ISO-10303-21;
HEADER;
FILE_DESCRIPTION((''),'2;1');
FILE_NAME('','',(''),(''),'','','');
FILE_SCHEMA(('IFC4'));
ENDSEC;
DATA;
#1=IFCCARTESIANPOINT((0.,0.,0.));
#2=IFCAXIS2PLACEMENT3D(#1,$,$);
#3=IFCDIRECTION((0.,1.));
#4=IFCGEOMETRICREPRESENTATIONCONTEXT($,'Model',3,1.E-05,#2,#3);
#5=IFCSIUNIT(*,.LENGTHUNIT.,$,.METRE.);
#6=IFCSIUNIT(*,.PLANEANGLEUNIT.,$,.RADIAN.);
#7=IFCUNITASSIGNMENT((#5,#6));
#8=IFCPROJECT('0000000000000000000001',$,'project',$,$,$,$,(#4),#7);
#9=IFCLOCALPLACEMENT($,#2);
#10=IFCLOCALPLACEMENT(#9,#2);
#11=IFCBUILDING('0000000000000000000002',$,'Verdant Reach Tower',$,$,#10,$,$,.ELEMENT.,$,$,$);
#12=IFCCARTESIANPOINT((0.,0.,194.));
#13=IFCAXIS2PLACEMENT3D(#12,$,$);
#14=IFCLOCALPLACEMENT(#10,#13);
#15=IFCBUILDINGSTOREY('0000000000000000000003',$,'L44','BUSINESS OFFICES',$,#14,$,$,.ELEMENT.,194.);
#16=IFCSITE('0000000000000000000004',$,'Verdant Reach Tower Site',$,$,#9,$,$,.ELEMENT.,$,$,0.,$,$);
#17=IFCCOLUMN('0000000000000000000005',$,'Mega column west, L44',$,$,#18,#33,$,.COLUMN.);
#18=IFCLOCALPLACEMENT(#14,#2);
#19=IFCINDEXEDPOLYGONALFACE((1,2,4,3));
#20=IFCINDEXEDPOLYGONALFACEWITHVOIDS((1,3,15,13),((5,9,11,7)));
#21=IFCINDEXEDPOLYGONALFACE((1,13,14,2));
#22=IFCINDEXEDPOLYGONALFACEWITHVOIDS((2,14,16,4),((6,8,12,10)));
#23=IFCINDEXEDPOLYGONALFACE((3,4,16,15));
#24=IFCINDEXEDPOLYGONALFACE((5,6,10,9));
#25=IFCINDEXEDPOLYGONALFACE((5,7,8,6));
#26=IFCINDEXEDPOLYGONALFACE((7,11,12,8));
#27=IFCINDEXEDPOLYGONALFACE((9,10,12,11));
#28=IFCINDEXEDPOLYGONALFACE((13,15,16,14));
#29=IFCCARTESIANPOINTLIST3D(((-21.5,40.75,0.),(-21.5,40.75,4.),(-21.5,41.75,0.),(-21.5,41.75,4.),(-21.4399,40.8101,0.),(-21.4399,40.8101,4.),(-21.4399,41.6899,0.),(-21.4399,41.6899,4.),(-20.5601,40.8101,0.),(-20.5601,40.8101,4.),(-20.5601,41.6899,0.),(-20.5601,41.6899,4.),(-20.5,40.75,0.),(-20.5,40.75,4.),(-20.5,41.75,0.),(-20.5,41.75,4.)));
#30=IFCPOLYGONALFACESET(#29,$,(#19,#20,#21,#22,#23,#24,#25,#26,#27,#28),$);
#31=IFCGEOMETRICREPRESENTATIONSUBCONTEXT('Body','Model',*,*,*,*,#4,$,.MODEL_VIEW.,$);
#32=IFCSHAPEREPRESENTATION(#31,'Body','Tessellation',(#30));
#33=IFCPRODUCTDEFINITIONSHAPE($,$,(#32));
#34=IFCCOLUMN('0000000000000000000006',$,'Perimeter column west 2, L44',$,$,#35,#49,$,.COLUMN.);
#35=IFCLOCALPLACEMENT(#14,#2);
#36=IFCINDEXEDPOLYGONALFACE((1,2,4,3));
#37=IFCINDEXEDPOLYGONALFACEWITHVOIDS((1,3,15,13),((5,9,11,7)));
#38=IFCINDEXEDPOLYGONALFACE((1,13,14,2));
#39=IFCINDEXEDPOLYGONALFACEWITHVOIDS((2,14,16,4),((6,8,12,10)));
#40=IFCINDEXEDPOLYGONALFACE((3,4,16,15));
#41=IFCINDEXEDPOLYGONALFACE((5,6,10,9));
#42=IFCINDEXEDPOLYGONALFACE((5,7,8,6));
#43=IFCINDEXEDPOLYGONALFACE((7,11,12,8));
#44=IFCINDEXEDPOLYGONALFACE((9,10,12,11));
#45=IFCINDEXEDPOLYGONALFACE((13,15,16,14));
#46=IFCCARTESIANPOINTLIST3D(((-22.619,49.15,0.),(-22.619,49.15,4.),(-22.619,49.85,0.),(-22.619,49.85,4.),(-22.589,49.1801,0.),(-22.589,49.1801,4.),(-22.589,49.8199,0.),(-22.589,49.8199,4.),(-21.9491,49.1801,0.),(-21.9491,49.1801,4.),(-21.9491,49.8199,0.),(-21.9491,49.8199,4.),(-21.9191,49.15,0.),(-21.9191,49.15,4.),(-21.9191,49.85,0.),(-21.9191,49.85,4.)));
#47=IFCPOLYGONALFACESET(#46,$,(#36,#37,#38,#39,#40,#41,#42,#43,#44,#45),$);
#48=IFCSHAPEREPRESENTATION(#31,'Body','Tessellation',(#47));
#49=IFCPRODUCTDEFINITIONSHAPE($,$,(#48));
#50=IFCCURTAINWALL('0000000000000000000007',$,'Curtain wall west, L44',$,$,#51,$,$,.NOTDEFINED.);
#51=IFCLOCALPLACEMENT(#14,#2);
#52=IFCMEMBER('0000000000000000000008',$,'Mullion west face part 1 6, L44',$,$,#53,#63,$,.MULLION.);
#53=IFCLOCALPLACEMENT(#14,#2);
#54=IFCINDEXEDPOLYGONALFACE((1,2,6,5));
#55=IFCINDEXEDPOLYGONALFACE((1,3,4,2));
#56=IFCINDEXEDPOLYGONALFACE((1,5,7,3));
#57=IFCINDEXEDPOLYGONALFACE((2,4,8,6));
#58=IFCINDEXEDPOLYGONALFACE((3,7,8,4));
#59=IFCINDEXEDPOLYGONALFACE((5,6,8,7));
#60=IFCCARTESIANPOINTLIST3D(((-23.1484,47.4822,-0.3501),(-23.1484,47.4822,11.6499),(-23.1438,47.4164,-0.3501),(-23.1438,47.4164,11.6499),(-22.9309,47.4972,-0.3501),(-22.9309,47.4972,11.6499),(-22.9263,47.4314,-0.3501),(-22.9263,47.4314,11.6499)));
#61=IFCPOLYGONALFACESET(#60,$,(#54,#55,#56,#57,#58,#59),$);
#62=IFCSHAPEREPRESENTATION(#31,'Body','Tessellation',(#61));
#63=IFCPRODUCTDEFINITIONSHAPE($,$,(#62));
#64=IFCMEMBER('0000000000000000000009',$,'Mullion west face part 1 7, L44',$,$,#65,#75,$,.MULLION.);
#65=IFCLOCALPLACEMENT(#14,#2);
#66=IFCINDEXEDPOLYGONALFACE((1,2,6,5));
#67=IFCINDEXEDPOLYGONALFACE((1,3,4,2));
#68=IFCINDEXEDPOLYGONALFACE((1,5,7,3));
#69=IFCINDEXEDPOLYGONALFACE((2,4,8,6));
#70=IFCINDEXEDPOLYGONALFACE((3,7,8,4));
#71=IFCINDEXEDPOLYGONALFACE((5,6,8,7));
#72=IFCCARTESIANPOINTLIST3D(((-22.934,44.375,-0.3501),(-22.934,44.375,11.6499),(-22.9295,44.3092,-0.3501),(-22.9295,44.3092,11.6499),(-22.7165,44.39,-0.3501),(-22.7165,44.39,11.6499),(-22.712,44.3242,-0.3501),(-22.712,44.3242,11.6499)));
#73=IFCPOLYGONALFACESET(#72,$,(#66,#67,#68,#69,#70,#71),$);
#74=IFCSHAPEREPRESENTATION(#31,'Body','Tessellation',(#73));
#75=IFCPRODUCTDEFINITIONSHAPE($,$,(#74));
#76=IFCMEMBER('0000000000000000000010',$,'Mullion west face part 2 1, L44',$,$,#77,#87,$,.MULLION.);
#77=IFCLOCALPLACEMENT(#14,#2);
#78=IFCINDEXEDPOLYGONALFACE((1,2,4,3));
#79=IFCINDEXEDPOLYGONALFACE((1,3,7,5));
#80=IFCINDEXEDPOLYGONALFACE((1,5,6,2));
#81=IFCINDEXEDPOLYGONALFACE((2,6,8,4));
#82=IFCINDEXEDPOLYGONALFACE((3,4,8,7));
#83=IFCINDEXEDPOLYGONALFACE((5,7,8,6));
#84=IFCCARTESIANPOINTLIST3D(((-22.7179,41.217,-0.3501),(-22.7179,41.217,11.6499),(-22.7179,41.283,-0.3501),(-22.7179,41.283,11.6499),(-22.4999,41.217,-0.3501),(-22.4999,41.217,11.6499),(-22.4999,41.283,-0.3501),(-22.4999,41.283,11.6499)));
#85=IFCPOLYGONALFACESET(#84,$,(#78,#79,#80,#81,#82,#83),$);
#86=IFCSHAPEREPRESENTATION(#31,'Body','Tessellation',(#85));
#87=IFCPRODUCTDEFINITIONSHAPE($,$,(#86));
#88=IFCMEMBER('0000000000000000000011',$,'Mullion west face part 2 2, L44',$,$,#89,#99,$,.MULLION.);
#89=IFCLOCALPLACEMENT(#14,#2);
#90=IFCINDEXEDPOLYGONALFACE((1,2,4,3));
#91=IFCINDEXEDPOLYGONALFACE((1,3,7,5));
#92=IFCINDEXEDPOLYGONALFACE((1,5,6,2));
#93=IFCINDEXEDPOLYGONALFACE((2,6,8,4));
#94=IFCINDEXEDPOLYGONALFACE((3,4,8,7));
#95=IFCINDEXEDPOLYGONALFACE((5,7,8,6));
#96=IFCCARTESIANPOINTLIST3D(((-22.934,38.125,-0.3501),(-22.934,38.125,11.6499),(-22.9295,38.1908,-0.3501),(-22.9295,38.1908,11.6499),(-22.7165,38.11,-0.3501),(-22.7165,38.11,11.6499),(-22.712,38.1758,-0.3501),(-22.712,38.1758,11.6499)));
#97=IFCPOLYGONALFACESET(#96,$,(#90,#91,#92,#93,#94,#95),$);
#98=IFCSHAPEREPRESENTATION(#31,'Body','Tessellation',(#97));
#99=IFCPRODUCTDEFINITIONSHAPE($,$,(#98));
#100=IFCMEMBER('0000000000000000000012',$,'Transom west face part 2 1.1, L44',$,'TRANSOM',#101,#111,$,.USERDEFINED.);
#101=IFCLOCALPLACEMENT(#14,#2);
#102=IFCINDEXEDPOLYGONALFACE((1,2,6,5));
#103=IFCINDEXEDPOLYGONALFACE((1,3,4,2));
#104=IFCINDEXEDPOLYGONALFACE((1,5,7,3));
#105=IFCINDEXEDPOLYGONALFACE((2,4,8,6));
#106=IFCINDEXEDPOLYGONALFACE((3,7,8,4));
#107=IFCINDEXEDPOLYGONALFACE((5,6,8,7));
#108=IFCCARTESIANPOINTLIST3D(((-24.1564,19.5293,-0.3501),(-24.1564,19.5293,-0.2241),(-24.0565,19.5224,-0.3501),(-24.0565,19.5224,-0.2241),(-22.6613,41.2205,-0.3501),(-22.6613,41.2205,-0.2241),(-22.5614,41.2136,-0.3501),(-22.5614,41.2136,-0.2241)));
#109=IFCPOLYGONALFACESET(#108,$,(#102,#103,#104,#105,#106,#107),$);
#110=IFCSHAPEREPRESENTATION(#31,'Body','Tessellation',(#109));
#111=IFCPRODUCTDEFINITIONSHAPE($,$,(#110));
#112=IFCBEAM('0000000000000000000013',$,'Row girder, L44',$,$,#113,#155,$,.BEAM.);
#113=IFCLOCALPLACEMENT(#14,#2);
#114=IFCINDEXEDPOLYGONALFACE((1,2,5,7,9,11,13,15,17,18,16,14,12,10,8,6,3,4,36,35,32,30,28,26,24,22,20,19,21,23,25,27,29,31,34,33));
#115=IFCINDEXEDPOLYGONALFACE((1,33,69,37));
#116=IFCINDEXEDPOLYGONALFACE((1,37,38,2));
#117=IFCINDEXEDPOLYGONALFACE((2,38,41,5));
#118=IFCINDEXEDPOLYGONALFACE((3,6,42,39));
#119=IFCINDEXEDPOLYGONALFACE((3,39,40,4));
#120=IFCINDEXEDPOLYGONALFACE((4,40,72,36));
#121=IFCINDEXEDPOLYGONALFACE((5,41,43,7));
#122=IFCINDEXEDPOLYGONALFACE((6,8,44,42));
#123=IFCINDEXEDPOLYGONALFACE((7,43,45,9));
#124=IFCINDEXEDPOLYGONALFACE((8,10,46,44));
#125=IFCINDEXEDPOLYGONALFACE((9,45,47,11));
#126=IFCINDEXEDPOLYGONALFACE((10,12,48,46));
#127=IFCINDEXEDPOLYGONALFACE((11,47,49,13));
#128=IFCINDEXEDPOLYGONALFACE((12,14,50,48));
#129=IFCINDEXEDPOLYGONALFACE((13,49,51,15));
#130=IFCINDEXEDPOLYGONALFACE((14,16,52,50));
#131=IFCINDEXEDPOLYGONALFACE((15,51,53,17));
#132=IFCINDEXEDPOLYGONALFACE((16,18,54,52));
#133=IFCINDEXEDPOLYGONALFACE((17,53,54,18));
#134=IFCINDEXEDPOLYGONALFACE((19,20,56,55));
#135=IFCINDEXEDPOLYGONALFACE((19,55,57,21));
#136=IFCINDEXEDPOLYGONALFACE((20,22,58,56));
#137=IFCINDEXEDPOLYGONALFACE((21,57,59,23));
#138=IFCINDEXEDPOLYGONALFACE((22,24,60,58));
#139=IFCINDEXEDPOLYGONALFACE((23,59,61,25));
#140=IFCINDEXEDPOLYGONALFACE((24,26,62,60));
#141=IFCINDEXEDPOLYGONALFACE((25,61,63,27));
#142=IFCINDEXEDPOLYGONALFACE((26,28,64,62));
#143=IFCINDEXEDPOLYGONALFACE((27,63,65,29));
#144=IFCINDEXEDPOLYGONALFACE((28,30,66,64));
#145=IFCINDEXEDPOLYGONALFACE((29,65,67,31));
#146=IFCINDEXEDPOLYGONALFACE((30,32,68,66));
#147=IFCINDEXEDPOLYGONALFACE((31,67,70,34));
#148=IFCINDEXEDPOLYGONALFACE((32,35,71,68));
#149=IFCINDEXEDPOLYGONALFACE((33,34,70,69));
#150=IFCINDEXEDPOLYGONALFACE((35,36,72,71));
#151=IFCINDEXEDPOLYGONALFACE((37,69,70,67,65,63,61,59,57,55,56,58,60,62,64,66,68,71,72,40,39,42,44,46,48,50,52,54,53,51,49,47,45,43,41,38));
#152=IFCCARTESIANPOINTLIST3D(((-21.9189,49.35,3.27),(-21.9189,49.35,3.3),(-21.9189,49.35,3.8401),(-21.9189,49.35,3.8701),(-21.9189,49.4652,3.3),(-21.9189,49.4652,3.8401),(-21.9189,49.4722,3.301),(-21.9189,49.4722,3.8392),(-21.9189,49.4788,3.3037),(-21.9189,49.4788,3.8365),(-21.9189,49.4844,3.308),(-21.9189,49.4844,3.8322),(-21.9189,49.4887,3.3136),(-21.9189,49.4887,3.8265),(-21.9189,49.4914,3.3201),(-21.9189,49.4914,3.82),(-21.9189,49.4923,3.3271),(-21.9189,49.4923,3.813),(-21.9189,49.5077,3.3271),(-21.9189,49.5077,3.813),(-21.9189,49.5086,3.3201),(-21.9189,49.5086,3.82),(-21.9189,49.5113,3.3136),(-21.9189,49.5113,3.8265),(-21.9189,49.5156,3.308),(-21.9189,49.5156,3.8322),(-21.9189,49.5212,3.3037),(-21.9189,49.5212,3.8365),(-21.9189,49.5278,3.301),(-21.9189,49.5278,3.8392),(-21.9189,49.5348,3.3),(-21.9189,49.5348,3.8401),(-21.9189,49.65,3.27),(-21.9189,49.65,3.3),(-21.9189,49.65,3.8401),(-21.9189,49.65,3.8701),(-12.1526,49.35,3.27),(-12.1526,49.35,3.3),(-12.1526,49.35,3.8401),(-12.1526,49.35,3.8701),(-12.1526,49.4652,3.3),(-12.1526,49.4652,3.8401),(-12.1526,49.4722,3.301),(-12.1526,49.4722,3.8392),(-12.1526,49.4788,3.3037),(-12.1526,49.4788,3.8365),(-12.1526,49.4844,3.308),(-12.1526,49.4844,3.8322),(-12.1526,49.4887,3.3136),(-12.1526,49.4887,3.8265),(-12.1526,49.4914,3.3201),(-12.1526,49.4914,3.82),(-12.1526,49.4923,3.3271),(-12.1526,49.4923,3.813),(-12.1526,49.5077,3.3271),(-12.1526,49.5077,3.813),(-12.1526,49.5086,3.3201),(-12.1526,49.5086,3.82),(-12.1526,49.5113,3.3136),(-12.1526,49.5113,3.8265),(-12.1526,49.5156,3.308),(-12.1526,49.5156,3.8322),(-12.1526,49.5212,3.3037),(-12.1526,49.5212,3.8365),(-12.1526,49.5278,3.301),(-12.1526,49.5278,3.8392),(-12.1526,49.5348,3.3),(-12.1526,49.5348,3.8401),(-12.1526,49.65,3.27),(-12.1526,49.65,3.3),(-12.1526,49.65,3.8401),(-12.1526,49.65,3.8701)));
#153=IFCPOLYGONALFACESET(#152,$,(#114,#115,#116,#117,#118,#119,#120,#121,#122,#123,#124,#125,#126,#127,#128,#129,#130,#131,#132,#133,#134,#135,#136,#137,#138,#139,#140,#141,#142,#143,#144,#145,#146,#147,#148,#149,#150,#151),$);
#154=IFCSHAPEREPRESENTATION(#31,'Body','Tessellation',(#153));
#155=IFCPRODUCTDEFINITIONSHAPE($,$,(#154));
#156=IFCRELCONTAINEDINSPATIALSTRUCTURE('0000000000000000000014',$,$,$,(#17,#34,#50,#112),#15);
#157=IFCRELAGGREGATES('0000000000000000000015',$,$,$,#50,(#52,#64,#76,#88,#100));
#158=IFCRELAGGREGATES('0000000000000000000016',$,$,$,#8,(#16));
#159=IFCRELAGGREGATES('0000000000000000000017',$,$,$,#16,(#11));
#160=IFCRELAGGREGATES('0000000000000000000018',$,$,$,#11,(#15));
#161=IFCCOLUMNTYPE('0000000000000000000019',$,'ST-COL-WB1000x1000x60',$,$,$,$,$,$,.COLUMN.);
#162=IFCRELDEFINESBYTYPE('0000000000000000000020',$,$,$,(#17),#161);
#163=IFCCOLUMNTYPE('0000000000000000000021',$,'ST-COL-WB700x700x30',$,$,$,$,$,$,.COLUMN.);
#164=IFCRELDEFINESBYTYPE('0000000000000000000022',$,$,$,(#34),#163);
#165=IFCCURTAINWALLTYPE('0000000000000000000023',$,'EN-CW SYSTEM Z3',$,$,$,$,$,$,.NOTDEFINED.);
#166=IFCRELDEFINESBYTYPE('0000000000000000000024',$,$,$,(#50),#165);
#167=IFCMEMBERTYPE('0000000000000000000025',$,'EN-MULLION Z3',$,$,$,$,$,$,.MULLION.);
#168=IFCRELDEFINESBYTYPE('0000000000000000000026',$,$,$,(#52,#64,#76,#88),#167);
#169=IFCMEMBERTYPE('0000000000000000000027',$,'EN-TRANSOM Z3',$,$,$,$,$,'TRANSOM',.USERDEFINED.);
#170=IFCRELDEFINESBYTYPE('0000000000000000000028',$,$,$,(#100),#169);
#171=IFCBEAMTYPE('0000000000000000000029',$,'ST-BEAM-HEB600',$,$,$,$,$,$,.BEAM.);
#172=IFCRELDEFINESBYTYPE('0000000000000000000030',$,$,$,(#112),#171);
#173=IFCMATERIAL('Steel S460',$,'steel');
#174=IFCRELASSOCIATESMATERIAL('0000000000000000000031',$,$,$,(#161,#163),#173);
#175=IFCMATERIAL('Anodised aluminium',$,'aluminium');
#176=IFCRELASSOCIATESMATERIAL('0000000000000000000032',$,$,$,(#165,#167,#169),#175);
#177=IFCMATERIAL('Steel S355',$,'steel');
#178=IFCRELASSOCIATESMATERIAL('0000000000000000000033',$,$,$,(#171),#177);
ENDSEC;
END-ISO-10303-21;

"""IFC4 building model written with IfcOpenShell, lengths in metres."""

from ifc_helpers import new_model, si_unit, direction, frame, origin, origin_2d, place, context, subcontext, project, spatial, rectangle, hollow_rectangle, i_section, extrude, material, material_profile, profile_set, type_object, element, aggregate, save


model = new_model("IFC4")

# Units and contexts
model_context = context("Model", 3, precision=1e-05, world=origin(), true_north=direction((0.0, 1.0)))
body_context = subcontext(model_context, "Body", "Model", "MODEL_VIEW")
ifc_project = project(units=[si_unit("LENGTHUNIT", "METRE"), si_unit("PLANEANGLEUNIT", "RADIAN")], contexts=[model_context])

# Site, building, storey
site_placement = place(None, origin())
site = spatial("IfcSite", under=ifc_project, at=site_placement, Name="Verdant Reach Tower Site", CompositionType="ELEMENT", RefElevation=0.0)
building_placement = place(site_placement, origin())
building = spatial("IfcBuilding", under=site, at=building_placement, Name="Verdant Reach Tower", CompositionType="ELEMENT")
storey_placement = place(building_placement, frame((0.0, 0.0, 194.0)))
storey = spatial("IfcBuildingStorey", under=building, at=storey_placement, Name="L44", Description="BUSINESS OFFICES", CompositionType="ELEMENT", Elevation=194.0)

# Columns
ifc_material_1 = material(Name="Steel S460", Category="steel")
ifc_material_profile_1 = material_profile(ifc_material_1, hollow_rectangle(XDim=1.0, YDim=1.0, WallThickness=0.0601, at=origin_2d()), Name="WB 1000x1000x60")
ifc_profile_set_1 = profile_set([ifc_material_profile_1], Name="Steel S460")
column_type_1 = type_object("IfcColumnType", Name="ST-COL-WB1000x1000x60", PredefinedType="COLUMN", material=ifc_profile_set_1)
column_1_placement = place(storey_placement, frame((-21.0, 41.25, 0.0), z_axis=(0.0, 0.0, 1.0), x_axis=(1.0, 0.0, 0.0)))
element("IfcColumn", 1, at=column_1_placement, inside=storey, type_object=column_type_1, Name="Mega column west, L44", PredefinedType="COLUMN", context=body_context, shape_type="SweptSolid", body=[
    extrude(hollow_rectangle(XDim=1.0, YDim=1.0, WallThickness=0.0601, at=origin_2d()), origin(), (0.0, 0.0, 1.0), 4.0),
])
ifc_material_profile_2 = material_profile(ifc_material_1, hollow_rectangle(XDim=0.7, YDim=0.7, WallThickness=0.03, at=origin_2d()), Name="WB 700x700x30")
ifc_profile_set_2 = profile_set([ifc_material_profile_2], Name="Steel S460")
column_type_2 = type_object("IfcColumnType", Name="ST-COL-WB700x700x30", PredefinedType="COLUMN", material=ifc_profile_set_2)
column_2_placement = place(storey_placement, frame((-22.269, 49.5, 0.0), z_axis=(0.0, 0.0, 1.0), x_axis=(1.0, 0.0, 0.0)))
element("IfcColumn", 2, at=column_2_placement, inside=storey, type_object=column_type_2, Name="Perimeter column west 2, L44", PredefinedType="COLUMN", context=body_context, shape_type="SweptSolid", body=[
    extrude(hollow_rectangle(XDim=0.7, YDim=0.7, WallThickness=0.03, at=origin_2d()), origin(), (0.0, 0.0, 1.0), 4.0),
])

# Curtain wall, members
ifc_material_2 = material(Name="Anodised aluminium", Category="aluminium")
curtain_wall_type = type_object("IfcCurtainWallType", Name="EN-CW SYSTEM Z3", PredefinedType="NOTDEFINED", material=ifc_material_2)
curtain_wall_placement = place(storey_placement, origin())
curtain_wall = element("IfcCurtainWall", 3, at=curtain_wall_placement, inside=storey, type_object=curtain_wall_type, Name="Curtain wall west, L44", PredefinedType="NOTDEFINED")
ifc_material_profile_3 = material_profile(ifc_material_2, rectangle(XDim=0.218, YDim=0.0659, at=origin_2d()), Name="Mullion 66x218")
ifc_profile_set_3 = profile_set([ifc_material_profile_3], Name="Anodised aluminium")
member_type_1 = type_object("IfcMemberType", Name="EN-MULLION Z3", PredefinedType="MULLION", material=ifc_profile_set_3)
member_1_placement = place(storey_placement, frame((-23.0374, 47.4568, -0.3501), z_axis=(0.0, 0.0, 1.0), x_axis=(-0.99763, -0.068802, 0.0)))
member_1 = element("IfcMember", 4, at=member_1_placement, type_object=member_type_1, Name="Mullion west face part 1 6, L44", PredefinedType="MULLION", context=body_context, shape_type="SweptSolid", body=[
    extrude(rectangle(XDim=0.218, YDim=0.0659, at=origin_2d()), origin(), (0.0, 0.0, 1.0), 12.0),
])
member_2_placement = place(storey_placement, frame((-22.823, 44.3496, -0.3501), z_axis=(0.0, 0.0, 1.0), x_axis=(-0.99763, -0.068802, 0.0)))
member_2 = element("IfcMember", 5, at=member_2_placement, type_object=member_type_1, Name="Mullion west face part 1 7, L44", PredefinedType="MULLION", context=body_context, shape_type="SweptSolid", body=[
    extrude(rectangle(XDim=0.218, YDim=0.0659, at=origin_2d()), origin(), (0.0, 0.0, 1.0), 12.0),
])
member_3_placement = place(storey_placement, frame((-22.6089, 41.25, -0.3501), z_axis=(0.0, 0.0, 1.0), x_axis=(-1.0, 0.0, 0.0)))
member_3 = element("IfcMember", 6, at=member_3_placement, type_object=member_type_1, Name="Mullion west face part 2 1, L44", PredefinedType="MULLION", context=body_context, shape_type="SweptSolid", body=[
    extrude(rectangle(XDim=0.218, YDim=0.0659, at=origin_2d()), origin(), (0.0, 0.0, 1.0), 12.0),
])
member_4_placement = place(storey_placement, frame((-22.823, 38.1504, -0.3501), z_axis=(0.0, 0.0, 1.0), x_axis=(-0.99763, 0.068802, 0.0)))
member_4 = element("IfcMember", 7, at=member_4_placement, type_object=member_type_1, Name="Mullion west face part 2 2, L44", PredefinedType="MULLION", context=body_context, shape_type="SweptSolid", body=[
    extrude(rectangle(XDim=0.218, YDim=0.0659, at=origin_2d()), origin(), (0.0, 0.0, 1.0), 12.0),
])
ifc_material_profile_4 = material_profile(ifc_material_2, rectangle(XDim=0.1001, YDim=0.126, at=origin_2d()), Name="Transom 126x100")
ifc_profile_set_4 = profile_set([ifc_material_profile_4], Name="Anodised aluminium")
member_type_2 = type_object("IfcMemberType", Name="EN-TRANSOM Z3", ElementType="TRANSOM", PredefinedType="USERDEFINED", material=ifc_profile_set_4)
member_5_placement = place(storey_placement, frame((-22.6113, 41.217, -0.2871), z_axis=(-0.068764, -0.997633, 0.0), x_axis=(0.997633, -0.068764, 0.0)))
member_5 = element("IfcMember", 8, at=member_5_placement, type_object=member_type_2, Name="Transom west face part 2 1.1, L44", ObjectType="TRANSOM", PredefinedType="USERDEFINED", context=body_context, shape_type="SweptSolid", body=[
    extrude(rectangle(XDim=0.1001, YDim=0.126, at=origin_2d()), origin(), (0.0, 0.0, 1.0), 21.7427),
])

# Beam
ifc_material_3 = material(Name="Steel S355", Category="steel")
ifc_material_profile_5 = material_profile(ifc_material_3, i_section(OverallWidth=0.3, OverallDepth=0.6001, WebThickness=0.0154, FlangeThickness=0.03, FilletRadius=0.0271, at=origin_2d()), Name="HEB 600")
ifc_profile_set_5 = profile_set([ifc_material_profile_5], Name="Steel S355")
beam_type_1 = type_object("IfcBeamType", Name="ST-BEAM-HEB600", PredefinedType="BEAM", material=ifc_profile_set_5)
beam_1_placement = place(storey_placement, frame((-21.9189, 49.5, 3.5701), z_axis=(1.0, 0.0, 0.0), x_axis=(0.0, 1.0, 0.0)))
element("IfcBeam", 9, at=beam_1_placement, inside=storey, type_object=beam_type_1, Name="Row girder, L44", PredefinedType="BEAM", context=body_context, shape_type="SweptSolid", body=[
    extrude(i_section(OverallWidth=0.3, OverallDepth=0.6001, WebThickness=0.0154, FlangeThickness=0.03, FilletRadius=0.0271, at=origin_2d()), origin(), (0.0, 0.0, 1.0), 9.7664),
])

aggregate(curtain_wall, [member_1, member_2, member_3, member_4, member_5])

save(model, "model.ifc")
